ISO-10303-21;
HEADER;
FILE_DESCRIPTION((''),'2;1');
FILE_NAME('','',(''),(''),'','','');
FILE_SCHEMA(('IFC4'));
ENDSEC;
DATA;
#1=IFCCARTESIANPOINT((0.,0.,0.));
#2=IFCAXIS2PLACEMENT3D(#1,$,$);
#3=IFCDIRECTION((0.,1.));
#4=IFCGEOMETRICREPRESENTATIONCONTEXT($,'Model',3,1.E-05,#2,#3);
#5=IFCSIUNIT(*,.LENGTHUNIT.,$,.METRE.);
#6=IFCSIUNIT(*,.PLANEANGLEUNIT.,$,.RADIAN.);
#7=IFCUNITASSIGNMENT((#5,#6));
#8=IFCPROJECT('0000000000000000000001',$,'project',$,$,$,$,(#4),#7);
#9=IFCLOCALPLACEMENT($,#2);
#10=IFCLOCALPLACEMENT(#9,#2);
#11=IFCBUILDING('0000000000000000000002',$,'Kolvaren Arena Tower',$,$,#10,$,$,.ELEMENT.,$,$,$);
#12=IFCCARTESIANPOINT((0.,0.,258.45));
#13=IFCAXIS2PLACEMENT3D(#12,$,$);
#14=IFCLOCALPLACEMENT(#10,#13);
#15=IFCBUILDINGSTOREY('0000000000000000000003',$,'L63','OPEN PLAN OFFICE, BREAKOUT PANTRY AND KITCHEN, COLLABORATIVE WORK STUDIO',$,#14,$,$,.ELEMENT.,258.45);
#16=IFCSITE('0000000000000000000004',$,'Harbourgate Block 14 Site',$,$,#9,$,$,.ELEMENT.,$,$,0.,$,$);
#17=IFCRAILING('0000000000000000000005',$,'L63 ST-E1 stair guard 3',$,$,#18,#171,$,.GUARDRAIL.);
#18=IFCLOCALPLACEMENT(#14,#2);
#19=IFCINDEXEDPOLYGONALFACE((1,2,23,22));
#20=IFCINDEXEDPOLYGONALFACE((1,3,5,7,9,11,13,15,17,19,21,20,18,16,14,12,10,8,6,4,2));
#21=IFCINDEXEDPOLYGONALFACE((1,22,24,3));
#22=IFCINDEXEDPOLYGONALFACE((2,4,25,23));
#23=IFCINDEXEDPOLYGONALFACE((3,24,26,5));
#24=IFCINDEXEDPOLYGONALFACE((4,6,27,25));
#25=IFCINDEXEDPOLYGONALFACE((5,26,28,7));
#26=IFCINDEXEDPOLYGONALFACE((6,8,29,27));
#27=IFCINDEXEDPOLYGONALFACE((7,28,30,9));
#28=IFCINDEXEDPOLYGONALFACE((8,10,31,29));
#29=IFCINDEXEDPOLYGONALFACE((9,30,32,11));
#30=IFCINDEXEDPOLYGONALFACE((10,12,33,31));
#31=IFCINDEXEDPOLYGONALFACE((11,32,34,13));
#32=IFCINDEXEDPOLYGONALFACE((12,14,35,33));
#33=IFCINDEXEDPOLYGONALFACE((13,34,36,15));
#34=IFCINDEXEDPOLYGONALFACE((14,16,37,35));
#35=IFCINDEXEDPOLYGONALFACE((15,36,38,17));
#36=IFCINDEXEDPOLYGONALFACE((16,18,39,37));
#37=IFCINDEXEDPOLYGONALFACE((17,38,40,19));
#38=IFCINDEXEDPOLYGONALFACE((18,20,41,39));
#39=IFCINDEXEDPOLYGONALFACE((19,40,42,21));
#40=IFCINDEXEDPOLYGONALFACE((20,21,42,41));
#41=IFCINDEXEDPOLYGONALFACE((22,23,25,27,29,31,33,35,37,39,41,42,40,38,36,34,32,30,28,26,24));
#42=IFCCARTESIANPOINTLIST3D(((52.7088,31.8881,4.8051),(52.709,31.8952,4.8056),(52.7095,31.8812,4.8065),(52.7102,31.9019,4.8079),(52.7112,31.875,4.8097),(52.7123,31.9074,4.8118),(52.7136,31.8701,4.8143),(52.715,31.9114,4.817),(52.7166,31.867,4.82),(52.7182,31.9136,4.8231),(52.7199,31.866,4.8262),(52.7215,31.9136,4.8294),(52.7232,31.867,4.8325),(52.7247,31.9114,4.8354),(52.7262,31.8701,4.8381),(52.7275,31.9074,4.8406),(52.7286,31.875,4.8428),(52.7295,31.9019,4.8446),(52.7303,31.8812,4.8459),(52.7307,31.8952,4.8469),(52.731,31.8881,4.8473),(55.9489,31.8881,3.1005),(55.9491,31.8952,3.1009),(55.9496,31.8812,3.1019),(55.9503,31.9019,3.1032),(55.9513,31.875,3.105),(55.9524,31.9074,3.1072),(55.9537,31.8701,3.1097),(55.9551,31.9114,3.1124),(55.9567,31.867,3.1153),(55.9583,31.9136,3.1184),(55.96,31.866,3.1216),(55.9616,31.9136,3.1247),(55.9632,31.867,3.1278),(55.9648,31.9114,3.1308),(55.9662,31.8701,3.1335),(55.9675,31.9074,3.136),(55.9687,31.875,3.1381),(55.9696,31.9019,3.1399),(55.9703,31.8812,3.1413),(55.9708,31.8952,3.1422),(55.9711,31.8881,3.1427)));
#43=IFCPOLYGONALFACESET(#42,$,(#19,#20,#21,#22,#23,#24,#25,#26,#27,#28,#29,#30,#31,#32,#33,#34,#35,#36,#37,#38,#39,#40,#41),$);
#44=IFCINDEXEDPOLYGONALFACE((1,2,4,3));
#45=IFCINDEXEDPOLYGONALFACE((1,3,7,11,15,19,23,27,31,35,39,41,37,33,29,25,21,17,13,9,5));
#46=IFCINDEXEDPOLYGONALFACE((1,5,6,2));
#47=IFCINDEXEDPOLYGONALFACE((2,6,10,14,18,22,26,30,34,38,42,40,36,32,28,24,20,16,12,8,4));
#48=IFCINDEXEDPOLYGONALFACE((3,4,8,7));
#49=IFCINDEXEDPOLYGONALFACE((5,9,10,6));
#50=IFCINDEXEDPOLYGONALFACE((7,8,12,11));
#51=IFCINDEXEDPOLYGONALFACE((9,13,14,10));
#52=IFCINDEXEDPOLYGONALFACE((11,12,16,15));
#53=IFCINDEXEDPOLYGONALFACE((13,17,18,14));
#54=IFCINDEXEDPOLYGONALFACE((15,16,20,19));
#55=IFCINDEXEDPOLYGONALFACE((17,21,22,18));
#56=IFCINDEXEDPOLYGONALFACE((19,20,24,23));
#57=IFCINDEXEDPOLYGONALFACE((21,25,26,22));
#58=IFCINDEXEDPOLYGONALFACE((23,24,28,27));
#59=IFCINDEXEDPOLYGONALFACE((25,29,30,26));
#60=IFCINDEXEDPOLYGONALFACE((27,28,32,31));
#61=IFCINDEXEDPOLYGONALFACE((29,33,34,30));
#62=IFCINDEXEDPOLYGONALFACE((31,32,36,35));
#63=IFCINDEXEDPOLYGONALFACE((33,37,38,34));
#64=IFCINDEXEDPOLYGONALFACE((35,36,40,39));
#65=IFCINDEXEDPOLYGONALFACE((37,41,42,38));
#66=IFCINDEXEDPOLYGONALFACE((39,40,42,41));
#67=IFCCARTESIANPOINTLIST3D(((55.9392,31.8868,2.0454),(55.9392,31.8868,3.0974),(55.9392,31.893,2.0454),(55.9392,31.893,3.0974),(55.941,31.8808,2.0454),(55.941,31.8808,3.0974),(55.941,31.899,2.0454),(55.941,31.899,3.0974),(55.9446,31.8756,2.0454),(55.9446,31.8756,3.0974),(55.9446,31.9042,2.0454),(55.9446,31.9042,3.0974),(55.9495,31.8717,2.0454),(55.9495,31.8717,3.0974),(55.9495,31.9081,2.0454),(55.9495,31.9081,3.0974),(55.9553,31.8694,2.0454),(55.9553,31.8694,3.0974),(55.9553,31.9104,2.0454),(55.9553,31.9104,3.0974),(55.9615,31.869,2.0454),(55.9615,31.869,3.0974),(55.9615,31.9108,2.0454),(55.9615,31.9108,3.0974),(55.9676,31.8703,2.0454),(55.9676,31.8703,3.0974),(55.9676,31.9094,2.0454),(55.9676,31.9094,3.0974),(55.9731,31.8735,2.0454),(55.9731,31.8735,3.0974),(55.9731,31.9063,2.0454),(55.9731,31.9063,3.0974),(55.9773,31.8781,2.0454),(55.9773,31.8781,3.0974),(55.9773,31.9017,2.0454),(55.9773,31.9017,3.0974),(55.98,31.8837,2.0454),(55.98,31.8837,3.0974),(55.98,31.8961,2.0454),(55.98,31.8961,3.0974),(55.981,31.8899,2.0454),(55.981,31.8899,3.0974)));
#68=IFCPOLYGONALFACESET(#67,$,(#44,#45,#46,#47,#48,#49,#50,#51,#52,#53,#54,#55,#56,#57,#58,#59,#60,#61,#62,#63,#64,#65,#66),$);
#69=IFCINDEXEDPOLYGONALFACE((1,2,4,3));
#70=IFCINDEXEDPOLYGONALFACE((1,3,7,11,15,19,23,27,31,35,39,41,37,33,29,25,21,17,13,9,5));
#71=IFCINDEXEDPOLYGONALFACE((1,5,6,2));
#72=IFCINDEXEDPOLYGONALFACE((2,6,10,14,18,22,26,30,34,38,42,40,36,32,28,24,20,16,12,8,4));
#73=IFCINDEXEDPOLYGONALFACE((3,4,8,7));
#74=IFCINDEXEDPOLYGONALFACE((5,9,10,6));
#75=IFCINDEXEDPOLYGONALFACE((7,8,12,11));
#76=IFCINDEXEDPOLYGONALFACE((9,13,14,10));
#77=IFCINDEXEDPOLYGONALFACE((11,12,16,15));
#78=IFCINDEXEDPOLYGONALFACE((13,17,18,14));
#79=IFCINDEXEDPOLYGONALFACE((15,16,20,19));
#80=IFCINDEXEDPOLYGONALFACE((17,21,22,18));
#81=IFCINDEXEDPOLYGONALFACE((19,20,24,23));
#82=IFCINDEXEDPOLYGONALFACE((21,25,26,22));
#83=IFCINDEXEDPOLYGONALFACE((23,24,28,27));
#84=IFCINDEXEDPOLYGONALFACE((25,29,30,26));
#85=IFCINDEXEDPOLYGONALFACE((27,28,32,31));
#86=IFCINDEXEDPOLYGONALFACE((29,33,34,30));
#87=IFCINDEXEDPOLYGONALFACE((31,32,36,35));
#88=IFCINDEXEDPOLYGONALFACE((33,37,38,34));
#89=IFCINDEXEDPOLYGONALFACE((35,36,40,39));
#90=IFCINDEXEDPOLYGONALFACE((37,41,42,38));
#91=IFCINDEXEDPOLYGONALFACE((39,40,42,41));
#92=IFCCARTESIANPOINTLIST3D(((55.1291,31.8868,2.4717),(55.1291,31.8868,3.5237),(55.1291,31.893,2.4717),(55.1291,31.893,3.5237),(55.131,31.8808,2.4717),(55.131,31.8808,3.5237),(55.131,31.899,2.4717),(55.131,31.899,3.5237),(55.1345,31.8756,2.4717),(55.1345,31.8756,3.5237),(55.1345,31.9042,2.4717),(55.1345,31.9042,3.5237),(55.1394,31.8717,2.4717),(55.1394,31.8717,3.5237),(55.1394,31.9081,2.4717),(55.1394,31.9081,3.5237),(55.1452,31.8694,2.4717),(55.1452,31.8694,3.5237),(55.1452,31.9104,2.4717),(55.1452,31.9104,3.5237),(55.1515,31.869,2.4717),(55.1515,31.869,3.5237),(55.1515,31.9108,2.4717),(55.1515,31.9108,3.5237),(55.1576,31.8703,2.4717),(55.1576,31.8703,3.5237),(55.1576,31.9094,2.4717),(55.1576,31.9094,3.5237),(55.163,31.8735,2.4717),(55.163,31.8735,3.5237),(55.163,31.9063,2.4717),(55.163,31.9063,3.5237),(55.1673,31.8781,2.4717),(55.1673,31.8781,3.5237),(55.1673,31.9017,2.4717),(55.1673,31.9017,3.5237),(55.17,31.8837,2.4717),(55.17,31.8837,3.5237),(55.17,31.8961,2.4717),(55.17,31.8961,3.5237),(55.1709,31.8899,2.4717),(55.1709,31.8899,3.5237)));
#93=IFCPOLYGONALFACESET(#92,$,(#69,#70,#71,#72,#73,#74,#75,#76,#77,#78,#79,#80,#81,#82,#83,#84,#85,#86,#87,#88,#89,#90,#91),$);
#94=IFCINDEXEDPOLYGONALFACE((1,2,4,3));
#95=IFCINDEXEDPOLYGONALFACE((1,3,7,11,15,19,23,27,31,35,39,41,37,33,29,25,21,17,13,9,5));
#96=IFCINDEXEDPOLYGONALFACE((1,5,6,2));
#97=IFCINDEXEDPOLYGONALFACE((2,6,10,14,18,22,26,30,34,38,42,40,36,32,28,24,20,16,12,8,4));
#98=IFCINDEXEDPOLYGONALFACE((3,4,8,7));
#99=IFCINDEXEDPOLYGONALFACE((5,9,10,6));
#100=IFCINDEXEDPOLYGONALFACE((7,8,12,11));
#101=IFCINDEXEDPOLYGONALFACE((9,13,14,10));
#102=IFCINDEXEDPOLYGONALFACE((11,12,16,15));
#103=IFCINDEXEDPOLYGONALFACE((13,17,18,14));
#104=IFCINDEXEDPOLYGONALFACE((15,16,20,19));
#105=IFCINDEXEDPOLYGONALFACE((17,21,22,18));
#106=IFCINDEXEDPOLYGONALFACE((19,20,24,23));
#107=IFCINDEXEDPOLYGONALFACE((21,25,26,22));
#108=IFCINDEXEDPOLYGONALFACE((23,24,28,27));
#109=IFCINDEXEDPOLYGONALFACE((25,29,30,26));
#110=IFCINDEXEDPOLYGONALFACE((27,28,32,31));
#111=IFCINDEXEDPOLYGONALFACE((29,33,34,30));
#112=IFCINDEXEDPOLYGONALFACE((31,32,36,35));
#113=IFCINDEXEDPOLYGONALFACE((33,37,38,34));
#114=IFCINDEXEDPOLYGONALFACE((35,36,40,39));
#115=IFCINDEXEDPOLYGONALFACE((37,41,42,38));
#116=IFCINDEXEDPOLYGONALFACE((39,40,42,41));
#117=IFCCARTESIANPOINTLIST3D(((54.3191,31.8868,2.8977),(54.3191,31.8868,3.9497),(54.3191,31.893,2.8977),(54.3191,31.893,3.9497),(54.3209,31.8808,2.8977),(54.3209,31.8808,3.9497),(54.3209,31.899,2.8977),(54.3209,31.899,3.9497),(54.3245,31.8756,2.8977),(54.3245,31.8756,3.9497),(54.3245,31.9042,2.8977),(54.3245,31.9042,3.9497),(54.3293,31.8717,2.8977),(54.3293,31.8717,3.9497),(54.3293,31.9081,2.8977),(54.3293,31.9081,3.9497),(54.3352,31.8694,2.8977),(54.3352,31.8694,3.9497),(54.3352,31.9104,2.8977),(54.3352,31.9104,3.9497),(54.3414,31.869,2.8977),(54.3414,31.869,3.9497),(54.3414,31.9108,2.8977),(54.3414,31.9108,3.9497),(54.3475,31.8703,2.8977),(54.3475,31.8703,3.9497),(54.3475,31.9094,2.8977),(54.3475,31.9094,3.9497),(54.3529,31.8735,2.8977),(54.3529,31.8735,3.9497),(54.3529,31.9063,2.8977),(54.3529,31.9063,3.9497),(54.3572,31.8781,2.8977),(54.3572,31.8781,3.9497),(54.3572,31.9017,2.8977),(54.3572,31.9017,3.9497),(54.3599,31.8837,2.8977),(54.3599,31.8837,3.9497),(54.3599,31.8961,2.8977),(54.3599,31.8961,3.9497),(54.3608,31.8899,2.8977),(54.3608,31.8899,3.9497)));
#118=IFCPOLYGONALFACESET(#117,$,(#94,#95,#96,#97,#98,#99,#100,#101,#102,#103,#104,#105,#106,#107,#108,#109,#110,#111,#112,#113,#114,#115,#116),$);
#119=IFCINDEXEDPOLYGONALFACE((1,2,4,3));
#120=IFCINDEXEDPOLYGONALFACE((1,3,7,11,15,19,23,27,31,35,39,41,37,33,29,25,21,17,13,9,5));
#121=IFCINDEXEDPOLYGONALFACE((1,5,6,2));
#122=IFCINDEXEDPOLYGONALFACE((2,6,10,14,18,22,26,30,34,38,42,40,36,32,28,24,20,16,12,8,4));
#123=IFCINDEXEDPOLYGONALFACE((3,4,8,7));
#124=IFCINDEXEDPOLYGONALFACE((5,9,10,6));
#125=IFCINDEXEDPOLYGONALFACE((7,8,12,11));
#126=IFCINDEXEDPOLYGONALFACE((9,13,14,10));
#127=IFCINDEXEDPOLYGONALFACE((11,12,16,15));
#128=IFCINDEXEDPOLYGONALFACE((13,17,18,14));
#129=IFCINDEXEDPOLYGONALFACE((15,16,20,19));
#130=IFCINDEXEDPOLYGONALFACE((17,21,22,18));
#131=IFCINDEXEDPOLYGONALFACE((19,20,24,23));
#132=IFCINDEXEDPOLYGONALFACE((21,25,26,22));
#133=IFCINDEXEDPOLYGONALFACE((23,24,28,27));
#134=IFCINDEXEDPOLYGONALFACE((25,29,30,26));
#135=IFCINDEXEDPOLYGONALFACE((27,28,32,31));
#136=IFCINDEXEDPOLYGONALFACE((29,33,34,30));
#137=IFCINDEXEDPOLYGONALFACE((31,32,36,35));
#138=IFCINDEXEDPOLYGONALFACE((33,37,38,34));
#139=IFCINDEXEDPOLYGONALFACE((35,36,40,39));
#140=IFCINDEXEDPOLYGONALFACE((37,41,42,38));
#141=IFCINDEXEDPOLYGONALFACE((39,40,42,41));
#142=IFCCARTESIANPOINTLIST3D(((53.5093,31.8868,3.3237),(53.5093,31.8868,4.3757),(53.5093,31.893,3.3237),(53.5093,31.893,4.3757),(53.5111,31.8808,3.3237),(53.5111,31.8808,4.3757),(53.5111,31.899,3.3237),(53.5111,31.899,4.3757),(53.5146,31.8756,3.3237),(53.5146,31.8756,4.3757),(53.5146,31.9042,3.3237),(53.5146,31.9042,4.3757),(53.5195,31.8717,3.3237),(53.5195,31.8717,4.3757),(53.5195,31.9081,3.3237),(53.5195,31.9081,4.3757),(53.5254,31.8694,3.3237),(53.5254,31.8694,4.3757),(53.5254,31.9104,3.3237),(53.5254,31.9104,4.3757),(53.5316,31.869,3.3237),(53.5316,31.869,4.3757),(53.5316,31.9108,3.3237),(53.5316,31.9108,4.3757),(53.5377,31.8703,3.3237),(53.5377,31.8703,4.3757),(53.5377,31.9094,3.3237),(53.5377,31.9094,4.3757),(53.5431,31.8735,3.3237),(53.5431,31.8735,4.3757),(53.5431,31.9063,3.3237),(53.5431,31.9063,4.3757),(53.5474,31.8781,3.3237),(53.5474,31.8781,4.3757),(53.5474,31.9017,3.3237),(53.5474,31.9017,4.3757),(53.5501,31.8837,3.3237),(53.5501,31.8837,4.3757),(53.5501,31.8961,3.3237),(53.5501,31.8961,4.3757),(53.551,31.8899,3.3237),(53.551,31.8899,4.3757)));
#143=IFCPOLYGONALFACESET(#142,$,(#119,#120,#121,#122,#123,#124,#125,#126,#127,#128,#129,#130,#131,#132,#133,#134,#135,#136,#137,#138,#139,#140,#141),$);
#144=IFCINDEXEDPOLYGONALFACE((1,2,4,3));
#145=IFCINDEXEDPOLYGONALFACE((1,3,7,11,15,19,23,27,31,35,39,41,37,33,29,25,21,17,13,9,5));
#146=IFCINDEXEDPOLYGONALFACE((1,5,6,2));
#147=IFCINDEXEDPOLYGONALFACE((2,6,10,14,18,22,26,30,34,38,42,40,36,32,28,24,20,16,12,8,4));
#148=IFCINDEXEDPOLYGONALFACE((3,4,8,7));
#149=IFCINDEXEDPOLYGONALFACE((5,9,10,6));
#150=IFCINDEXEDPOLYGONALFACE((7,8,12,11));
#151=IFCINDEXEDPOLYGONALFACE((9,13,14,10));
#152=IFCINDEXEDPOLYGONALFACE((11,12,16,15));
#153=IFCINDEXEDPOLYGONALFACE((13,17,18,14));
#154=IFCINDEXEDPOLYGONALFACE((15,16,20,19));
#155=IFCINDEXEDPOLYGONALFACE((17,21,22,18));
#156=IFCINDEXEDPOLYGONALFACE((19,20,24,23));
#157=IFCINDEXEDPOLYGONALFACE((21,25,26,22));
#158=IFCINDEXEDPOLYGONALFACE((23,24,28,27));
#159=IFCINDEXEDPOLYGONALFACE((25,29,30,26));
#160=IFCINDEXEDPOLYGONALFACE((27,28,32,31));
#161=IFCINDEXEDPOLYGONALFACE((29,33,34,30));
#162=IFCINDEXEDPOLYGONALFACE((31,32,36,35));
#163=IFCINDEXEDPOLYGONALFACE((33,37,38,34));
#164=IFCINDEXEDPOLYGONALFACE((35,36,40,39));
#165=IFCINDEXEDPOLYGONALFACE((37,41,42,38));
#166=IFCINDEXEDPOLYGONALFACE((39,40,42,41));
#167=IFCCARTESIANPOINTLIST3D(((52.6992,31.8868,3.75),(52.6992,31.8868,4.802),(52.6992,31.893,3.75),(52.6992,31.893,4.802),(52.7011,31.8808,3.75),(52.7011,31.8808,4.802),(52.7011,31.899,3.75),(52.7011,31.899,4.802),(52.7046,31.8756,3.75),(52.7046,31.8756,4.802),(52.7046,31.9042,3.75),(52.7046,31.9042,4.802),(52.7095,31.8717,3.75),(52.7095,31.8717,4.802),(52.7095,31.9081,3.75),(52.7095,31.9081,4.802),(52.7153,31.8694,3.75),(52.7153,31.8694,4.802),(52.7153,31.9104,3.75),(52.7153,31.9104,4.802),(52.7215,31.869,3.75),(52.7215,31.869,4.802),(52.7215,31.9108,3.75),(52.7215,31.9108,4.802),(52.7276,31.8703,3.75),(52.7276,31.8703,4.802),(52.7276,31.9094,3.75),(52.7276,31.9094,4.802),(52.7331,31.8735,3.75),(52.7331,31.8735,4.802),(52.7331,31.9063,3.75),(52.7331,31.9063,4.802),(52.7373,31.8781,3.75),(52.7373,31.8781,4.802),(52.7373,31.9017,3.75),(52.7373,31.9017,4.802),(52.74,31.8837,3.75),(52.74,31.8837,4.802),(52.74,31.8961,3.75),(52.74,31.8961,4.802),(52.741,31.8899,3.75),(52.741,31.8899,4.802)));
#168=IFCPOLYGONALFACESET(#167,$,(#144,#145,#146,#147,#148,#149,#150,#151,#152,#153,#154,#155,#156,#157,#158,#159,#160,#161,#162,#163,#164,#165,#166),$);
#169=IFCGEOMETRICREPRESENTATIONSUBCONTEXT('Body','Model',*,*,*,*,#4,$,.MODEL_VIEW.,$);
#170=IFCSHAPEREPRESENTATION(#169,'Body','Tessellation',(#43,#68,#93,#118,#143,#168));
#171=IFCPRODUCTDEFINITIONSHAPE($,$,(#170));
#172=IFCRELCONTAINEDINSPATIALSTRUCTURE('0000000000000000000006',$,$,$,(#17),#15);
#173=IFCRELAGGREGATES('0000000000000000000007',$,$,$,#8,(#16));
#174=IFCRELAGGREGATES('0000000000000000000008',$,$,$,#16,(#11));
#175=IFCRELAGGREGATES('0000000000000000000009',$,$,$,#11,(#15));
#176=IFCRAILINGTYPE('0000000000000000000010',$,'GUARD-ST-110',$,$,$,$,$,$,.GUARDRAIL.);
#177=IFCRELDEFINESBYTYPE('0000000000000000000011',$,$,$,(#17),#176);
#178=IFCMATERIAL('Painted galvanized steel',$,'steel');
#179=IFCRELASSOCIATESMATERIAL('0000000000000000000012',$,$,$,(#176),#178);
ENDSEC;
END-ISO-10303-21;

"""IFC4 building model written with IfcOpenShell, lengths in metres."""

from ifc_helpers import new_model, si_unit, direction, frame, origin, origin_2d, place, context, subcontext, project, spatial, circle, extrude, material, type_object, element, save


model = new_model("IFC4")

# Units and contexts
model_context = context("Model", 3, precision=1e-05, world=origin(), true_north=direction((0.0, 1.0)))
body_context = subcontext(model_context, "Body", "Model", "MODEL_VIEW")
ifc_project = project(units=[si_unit("LENGTHUNIT", "METRE"), si_unit("PLANEANGLEUNIT", "RADIAN")], contexts=[model_context])

# Site, building, storey
site_placement = place(None, origin())
site = spatial("IfcSite", under=ifc_project, at=site_placement, Name="Harbourgate Block 14 Site", CompositionType="ELEMENT", RefElevation=0.0)
building_placement = place(site_placement, origin())
building = spatial("IfcBuilding", under=site, at=building_placement, Name="Kolvaren Arena Tower", CompositionType="ELEMENT")
storey_placement = place(building_placement, frame((0.0, 0.0, 258.45)))
storey = spatial("IfcBuildingStorey", under=building, at=storey_placement, Name="L63", Description="OPEN PLAN OFFICE, BREAKOUT PANTRY AND KITCHEN, COLLABORATIVE WORK STUDIO", CompositionType="ELEMENT", Elevation=258.45)

# Railing
ifc_material_1 = material(Name="Painted galvanized steel", Category="steel")
railing_type_1 = type_object("IfcRailingType", Name="GUARD-ST-110", PredefinedType="GUARDRAIL", material=ifc_material_1)
railing_1_placement = place(storey_placement, frame((55.96, 31.8899, 2.0454)))
element("IfcRailing", 1, at=railing_1_placement, inside=storey, type_object=railing_type_1, Name="L63 ST-E1 stair guard 3", PredefinedType="GUARDRAIL", context=body_context, shape_type="SweptSolid", body=[
    extrude(circle(Radius=0.0239, at=origin_2d()), frame((0.0, 0.0, 1.0762), z_axis=(-0.884993, 0.0, 0.465604), x_axis=(0.0, -1.0, 0.0)), (0.0, 0.0, 1.0), 3.6611),
    extrude(circle(Radius=0.021, at=origin_2d()), origin(), (0.0, 0.0, 1.0), 1.052),
    extrude(circle(Radius=0.021, at=origin_2d()), frame((-0.8101, 0.0, 0.4263)), (0.0, 0.0, 1.0), 1.052),
    extrude(circle(Radius=0.021, at=origin_2d()), frame((-1.6201, 0.0, 0.8523)), (0.0, 0.0, 1.0), 1.052),
    extrude(circle(Radius=0.021, at=origin_2d()), frame((-2.4299, 0.0, 1.2783)), (0.0, 0.0, 1.0), 1.052),
    extrude(circle(Radius=0.021, at=origin_2d()), frame((-3.24, 0.0, 1.7046)), (0.0, 0.0, 1.0), 1.052),
])

save(model, "model.ifc")
